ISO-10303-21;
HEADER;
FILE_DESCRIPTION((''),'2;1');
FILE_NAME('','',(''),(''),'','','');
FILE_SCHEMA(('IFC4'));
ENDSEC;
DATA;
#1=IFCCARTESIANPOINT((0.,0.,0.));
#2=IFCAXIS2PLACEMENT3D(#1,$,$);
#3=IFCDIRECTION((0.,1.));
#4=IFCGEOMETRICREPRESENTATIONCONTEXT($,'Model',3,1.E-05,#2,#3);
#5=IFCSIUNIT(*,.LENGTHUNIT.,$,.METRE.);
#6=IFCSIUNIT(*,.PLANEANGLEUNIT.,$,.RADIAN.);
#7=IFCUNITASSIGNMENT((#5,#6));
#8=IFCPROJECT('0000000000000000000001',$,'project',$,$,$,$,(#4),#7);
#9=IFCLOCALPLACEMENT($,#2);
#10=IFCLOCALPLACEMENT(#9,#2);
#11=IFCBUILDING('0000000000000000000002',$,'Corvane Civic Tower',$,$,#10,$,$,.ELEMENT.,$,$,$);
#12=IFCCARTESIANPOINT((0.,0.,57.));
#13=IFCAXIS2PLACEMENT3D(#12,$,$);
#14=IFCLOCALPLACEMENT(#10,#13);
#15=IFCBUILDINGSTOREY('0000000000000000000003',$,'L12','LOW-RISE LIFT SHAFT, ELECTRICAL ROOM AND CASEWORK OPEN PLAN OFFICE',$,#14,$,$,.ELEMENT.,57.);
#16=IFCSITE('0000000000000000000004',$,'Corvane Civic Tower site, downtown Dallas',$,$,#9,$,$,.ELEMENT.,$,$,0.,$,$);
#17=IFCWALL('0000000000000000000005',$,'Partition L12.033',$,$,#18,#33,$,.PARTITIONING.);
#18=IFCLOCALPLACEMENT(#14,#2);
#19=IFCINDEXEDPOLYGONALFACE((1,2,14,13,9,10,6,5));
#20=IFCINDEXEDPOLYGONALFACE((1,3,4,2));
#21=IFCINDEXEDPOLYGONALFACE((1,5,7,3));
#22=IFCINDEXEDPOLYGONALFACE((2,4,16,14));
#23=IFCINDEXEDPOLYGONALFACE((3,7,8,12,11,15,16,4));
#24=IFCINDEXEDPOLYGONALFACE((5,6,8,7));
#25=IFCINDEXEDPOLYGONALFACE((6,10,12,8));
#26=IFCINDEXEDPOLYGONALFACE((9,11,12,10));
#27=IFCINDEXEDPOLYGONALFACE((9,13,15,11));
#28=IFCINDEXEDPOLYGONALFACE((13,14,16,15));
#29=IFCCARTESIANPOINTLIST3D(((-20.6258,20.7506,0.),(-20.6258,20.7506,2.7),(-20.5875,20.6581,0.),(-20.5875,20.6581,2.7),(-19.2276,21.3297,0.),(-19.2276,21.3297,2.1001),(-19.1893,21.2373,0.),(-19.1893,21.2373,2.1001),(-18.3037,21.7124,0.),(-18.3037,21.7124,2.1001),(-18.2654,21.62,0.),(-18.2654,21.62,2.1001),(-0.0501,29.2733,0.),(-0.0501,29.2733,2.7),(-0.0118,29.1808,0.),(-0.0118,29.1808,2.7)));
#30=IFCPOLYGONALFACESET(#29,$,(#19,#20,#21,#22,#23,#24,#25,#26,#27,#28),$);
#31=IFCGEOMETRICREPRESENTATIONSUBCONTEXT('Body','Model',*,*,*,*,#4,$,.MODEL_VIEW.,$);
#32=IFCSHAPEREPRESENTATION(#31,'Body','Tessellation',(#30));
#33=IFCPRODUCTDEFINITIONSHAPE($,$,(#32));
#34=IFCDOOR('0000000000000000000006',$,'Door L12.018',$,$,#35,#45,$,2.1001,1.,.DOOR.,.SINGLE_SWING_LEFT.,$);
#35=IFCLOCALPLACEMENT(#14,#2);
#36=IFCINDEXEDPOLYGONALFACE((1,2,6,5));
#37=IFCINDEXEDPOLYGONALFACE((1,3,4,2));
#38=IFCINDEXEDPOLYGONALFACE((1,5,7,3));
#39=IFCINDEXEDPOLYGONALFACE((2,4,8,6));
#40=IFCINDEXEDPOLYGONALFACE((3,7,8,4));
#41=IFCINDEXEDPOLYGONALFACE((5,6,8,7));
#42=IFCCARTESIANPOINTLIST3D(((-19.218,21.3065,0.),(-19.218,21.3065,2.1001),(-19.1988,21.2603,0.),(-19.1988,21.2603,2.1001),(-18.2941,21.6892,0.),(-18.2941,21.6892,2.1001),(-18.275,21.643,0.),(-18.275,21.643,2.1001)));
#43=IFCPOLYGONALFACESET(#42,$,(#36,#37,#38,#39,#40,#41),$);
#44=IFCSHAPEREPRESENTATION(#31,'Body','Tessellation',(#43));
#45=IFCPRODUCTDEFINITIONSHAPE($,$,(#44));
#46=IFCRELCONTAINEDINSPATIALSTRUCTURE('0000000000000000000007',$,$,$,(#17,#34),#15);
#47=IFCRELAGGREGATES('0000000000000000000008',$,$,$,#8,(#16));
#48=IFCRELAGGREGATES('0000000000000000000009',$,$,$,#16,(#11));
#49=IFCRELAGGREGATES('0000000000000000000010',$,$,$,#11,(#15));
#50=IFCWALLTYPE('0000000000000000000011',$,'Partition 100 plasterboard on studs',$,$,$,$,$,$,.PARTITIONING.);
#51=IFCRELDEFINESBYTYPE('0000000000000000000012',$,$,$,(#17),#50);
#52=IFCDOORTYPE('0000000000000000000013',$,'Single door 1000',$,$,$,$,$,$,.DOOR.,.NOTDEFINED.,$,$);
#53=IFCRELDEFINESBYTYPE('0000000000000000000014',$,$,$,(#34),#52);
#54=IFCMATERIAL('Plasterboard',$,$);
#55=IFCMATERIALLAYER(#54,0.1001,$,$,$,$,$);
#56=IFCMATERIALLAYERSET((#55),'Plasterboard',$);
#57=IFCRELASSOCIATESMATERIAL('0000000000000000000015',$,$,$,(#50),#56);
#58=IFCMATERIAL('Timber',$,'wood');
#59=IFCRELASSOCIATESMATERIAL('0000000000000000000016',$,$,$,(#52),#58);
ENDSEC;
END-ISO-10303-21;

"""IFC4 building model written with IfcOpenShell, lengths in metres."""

from ifc_helpers import new_model, si_unit, direction, frame, frame_2d, origin, place, context, subcontext, project, spatial, rectangle, extrude, material, layer, layer_set, type_object, element, fill, save


model = new_model("IFC4")

# Units and contexts
model_context = context("Model", 3, precision=1e-05, world=origin(), true_north=direction((0.0, 1.0)))
body_context = subcontext(model_context, "Body", "Model", "MODEL_VIEW")
ifc_project = project(units=[si_unit("LENGTHUNIT", "METRE"), si_unit("PLANEANGLEUNIT", "RADIAN")], contexts=[model_context])

# Site, building, storey
site_placement = place(None, origin())
site = spatial("IfcSite", under=ifc_project, at=site_placement, Name="Corvane Civic Tower site, downtown Dallas", CompositionType="ELEMENT", RefElevation=0.0)
building_placement = place(site_placement, origin())
building = spatial("IfcBuilding", under=site, at=building_placement, Name="Corvane Civic Tower", CompositionType="ELEMENT")
storey_placement = place(building_placement, frame((0.0, 0.0, 57.0)))
storey = spatial("IfcBuildingStorey", under=building, at=storey_placement, Name="L12", Description="LOW-RISE LIFT SHAFT, ELECTRICAL ROOM AND CASEWORK OPEN PLAN OFFICE", CompositionType="ELEMENT", Elevation=57.0)

# Shared definitions
ifc_material_1 = material(Name="Plasterboard")
ifc_layer_1 = layer(ifc_material_1, 0.1001)
ifc_layer_set_1 = layer_set([ifc_layer_1], Name="Plasterboard")
wall_type = type_object("IfcWallType", Name="Partition 100 plasterboard on studs", PredefinedType="PARTITIONING", material=ifc_layer_set_1)

# Wall, opening, door
wall_1_placement = place(storey_placement, frame((-20.6067, 20.7043, 0.0), z_axis=(0.0, 0.0, 1.0), x_axis=(0.92388, 0.382683, 0.0)))
wall_1 = element("IfcWall", 1, at=wall_1_placement, inside=storey, type_object=wall_type, Name="Partition L12.033", PredefinedType="PARTITIONING", context=body_context, shape_type="SweptSolid", body=[
    extrude(rectangle(XDim=22.271, YDim=0.1001, at=frame_2d((11.1355, 0.0))), origin(), (0.0, 0.0, 1.0), 2.7),
])
opening_placement = place(wall_1_placement, frame((1.5134, 0.0, 0.0)))
opening = element("IfcOpeningElement", 2, at=opening_placement, cuts=wall_1, PredefinedType="OPENING", context=body_context, shape_type="SweptSolid", body=[
    extrude(rectangle(XDim=1.0, YDim=2.1001, at=frame_2d((0.5, 1.05))), frame((0.0, 0.0601, 0.0), z_axis=(0.0, -1.0, 0.0), x_axis=(1.0, 0.0, 0.0)), (0.0, 0.0, 1.0), 0.1201),
])
ifc_material_2 = material(Name="Timber", Category="wood")
door_type = type_object("IfcDoorType", Name="Single door 1000", OperationType="NOTDEFINED", PredefinedType="DOOR", material=ifc_material_2)
door_placement = place(opening_placement, origin())
door = element("IfcDoor", 3, at=door_placement, inside=storey, type_object=door_type, Name="Door L12.018", OperationType="SINGLE_SWING_LEFT", OverallHeight=2.1001, OverallWidth=1.0, PredefinedType="DOOR", context=body_context, shape_type="SweptSolid", body=[
    extrude(rectangle(XDim=1.0, YDim=2.1001, at=frame_2d((0.5, 1.05))), frame((0.0, 0.0249, 0.0), z_axis=(0.0, -1.0, 0.0), x_axis=(1.0, 0.0, 0.0)), (0.0, 0.0, 1.0), 0.05),
])
fill(opening, door)

save(model, "model.ifc")
